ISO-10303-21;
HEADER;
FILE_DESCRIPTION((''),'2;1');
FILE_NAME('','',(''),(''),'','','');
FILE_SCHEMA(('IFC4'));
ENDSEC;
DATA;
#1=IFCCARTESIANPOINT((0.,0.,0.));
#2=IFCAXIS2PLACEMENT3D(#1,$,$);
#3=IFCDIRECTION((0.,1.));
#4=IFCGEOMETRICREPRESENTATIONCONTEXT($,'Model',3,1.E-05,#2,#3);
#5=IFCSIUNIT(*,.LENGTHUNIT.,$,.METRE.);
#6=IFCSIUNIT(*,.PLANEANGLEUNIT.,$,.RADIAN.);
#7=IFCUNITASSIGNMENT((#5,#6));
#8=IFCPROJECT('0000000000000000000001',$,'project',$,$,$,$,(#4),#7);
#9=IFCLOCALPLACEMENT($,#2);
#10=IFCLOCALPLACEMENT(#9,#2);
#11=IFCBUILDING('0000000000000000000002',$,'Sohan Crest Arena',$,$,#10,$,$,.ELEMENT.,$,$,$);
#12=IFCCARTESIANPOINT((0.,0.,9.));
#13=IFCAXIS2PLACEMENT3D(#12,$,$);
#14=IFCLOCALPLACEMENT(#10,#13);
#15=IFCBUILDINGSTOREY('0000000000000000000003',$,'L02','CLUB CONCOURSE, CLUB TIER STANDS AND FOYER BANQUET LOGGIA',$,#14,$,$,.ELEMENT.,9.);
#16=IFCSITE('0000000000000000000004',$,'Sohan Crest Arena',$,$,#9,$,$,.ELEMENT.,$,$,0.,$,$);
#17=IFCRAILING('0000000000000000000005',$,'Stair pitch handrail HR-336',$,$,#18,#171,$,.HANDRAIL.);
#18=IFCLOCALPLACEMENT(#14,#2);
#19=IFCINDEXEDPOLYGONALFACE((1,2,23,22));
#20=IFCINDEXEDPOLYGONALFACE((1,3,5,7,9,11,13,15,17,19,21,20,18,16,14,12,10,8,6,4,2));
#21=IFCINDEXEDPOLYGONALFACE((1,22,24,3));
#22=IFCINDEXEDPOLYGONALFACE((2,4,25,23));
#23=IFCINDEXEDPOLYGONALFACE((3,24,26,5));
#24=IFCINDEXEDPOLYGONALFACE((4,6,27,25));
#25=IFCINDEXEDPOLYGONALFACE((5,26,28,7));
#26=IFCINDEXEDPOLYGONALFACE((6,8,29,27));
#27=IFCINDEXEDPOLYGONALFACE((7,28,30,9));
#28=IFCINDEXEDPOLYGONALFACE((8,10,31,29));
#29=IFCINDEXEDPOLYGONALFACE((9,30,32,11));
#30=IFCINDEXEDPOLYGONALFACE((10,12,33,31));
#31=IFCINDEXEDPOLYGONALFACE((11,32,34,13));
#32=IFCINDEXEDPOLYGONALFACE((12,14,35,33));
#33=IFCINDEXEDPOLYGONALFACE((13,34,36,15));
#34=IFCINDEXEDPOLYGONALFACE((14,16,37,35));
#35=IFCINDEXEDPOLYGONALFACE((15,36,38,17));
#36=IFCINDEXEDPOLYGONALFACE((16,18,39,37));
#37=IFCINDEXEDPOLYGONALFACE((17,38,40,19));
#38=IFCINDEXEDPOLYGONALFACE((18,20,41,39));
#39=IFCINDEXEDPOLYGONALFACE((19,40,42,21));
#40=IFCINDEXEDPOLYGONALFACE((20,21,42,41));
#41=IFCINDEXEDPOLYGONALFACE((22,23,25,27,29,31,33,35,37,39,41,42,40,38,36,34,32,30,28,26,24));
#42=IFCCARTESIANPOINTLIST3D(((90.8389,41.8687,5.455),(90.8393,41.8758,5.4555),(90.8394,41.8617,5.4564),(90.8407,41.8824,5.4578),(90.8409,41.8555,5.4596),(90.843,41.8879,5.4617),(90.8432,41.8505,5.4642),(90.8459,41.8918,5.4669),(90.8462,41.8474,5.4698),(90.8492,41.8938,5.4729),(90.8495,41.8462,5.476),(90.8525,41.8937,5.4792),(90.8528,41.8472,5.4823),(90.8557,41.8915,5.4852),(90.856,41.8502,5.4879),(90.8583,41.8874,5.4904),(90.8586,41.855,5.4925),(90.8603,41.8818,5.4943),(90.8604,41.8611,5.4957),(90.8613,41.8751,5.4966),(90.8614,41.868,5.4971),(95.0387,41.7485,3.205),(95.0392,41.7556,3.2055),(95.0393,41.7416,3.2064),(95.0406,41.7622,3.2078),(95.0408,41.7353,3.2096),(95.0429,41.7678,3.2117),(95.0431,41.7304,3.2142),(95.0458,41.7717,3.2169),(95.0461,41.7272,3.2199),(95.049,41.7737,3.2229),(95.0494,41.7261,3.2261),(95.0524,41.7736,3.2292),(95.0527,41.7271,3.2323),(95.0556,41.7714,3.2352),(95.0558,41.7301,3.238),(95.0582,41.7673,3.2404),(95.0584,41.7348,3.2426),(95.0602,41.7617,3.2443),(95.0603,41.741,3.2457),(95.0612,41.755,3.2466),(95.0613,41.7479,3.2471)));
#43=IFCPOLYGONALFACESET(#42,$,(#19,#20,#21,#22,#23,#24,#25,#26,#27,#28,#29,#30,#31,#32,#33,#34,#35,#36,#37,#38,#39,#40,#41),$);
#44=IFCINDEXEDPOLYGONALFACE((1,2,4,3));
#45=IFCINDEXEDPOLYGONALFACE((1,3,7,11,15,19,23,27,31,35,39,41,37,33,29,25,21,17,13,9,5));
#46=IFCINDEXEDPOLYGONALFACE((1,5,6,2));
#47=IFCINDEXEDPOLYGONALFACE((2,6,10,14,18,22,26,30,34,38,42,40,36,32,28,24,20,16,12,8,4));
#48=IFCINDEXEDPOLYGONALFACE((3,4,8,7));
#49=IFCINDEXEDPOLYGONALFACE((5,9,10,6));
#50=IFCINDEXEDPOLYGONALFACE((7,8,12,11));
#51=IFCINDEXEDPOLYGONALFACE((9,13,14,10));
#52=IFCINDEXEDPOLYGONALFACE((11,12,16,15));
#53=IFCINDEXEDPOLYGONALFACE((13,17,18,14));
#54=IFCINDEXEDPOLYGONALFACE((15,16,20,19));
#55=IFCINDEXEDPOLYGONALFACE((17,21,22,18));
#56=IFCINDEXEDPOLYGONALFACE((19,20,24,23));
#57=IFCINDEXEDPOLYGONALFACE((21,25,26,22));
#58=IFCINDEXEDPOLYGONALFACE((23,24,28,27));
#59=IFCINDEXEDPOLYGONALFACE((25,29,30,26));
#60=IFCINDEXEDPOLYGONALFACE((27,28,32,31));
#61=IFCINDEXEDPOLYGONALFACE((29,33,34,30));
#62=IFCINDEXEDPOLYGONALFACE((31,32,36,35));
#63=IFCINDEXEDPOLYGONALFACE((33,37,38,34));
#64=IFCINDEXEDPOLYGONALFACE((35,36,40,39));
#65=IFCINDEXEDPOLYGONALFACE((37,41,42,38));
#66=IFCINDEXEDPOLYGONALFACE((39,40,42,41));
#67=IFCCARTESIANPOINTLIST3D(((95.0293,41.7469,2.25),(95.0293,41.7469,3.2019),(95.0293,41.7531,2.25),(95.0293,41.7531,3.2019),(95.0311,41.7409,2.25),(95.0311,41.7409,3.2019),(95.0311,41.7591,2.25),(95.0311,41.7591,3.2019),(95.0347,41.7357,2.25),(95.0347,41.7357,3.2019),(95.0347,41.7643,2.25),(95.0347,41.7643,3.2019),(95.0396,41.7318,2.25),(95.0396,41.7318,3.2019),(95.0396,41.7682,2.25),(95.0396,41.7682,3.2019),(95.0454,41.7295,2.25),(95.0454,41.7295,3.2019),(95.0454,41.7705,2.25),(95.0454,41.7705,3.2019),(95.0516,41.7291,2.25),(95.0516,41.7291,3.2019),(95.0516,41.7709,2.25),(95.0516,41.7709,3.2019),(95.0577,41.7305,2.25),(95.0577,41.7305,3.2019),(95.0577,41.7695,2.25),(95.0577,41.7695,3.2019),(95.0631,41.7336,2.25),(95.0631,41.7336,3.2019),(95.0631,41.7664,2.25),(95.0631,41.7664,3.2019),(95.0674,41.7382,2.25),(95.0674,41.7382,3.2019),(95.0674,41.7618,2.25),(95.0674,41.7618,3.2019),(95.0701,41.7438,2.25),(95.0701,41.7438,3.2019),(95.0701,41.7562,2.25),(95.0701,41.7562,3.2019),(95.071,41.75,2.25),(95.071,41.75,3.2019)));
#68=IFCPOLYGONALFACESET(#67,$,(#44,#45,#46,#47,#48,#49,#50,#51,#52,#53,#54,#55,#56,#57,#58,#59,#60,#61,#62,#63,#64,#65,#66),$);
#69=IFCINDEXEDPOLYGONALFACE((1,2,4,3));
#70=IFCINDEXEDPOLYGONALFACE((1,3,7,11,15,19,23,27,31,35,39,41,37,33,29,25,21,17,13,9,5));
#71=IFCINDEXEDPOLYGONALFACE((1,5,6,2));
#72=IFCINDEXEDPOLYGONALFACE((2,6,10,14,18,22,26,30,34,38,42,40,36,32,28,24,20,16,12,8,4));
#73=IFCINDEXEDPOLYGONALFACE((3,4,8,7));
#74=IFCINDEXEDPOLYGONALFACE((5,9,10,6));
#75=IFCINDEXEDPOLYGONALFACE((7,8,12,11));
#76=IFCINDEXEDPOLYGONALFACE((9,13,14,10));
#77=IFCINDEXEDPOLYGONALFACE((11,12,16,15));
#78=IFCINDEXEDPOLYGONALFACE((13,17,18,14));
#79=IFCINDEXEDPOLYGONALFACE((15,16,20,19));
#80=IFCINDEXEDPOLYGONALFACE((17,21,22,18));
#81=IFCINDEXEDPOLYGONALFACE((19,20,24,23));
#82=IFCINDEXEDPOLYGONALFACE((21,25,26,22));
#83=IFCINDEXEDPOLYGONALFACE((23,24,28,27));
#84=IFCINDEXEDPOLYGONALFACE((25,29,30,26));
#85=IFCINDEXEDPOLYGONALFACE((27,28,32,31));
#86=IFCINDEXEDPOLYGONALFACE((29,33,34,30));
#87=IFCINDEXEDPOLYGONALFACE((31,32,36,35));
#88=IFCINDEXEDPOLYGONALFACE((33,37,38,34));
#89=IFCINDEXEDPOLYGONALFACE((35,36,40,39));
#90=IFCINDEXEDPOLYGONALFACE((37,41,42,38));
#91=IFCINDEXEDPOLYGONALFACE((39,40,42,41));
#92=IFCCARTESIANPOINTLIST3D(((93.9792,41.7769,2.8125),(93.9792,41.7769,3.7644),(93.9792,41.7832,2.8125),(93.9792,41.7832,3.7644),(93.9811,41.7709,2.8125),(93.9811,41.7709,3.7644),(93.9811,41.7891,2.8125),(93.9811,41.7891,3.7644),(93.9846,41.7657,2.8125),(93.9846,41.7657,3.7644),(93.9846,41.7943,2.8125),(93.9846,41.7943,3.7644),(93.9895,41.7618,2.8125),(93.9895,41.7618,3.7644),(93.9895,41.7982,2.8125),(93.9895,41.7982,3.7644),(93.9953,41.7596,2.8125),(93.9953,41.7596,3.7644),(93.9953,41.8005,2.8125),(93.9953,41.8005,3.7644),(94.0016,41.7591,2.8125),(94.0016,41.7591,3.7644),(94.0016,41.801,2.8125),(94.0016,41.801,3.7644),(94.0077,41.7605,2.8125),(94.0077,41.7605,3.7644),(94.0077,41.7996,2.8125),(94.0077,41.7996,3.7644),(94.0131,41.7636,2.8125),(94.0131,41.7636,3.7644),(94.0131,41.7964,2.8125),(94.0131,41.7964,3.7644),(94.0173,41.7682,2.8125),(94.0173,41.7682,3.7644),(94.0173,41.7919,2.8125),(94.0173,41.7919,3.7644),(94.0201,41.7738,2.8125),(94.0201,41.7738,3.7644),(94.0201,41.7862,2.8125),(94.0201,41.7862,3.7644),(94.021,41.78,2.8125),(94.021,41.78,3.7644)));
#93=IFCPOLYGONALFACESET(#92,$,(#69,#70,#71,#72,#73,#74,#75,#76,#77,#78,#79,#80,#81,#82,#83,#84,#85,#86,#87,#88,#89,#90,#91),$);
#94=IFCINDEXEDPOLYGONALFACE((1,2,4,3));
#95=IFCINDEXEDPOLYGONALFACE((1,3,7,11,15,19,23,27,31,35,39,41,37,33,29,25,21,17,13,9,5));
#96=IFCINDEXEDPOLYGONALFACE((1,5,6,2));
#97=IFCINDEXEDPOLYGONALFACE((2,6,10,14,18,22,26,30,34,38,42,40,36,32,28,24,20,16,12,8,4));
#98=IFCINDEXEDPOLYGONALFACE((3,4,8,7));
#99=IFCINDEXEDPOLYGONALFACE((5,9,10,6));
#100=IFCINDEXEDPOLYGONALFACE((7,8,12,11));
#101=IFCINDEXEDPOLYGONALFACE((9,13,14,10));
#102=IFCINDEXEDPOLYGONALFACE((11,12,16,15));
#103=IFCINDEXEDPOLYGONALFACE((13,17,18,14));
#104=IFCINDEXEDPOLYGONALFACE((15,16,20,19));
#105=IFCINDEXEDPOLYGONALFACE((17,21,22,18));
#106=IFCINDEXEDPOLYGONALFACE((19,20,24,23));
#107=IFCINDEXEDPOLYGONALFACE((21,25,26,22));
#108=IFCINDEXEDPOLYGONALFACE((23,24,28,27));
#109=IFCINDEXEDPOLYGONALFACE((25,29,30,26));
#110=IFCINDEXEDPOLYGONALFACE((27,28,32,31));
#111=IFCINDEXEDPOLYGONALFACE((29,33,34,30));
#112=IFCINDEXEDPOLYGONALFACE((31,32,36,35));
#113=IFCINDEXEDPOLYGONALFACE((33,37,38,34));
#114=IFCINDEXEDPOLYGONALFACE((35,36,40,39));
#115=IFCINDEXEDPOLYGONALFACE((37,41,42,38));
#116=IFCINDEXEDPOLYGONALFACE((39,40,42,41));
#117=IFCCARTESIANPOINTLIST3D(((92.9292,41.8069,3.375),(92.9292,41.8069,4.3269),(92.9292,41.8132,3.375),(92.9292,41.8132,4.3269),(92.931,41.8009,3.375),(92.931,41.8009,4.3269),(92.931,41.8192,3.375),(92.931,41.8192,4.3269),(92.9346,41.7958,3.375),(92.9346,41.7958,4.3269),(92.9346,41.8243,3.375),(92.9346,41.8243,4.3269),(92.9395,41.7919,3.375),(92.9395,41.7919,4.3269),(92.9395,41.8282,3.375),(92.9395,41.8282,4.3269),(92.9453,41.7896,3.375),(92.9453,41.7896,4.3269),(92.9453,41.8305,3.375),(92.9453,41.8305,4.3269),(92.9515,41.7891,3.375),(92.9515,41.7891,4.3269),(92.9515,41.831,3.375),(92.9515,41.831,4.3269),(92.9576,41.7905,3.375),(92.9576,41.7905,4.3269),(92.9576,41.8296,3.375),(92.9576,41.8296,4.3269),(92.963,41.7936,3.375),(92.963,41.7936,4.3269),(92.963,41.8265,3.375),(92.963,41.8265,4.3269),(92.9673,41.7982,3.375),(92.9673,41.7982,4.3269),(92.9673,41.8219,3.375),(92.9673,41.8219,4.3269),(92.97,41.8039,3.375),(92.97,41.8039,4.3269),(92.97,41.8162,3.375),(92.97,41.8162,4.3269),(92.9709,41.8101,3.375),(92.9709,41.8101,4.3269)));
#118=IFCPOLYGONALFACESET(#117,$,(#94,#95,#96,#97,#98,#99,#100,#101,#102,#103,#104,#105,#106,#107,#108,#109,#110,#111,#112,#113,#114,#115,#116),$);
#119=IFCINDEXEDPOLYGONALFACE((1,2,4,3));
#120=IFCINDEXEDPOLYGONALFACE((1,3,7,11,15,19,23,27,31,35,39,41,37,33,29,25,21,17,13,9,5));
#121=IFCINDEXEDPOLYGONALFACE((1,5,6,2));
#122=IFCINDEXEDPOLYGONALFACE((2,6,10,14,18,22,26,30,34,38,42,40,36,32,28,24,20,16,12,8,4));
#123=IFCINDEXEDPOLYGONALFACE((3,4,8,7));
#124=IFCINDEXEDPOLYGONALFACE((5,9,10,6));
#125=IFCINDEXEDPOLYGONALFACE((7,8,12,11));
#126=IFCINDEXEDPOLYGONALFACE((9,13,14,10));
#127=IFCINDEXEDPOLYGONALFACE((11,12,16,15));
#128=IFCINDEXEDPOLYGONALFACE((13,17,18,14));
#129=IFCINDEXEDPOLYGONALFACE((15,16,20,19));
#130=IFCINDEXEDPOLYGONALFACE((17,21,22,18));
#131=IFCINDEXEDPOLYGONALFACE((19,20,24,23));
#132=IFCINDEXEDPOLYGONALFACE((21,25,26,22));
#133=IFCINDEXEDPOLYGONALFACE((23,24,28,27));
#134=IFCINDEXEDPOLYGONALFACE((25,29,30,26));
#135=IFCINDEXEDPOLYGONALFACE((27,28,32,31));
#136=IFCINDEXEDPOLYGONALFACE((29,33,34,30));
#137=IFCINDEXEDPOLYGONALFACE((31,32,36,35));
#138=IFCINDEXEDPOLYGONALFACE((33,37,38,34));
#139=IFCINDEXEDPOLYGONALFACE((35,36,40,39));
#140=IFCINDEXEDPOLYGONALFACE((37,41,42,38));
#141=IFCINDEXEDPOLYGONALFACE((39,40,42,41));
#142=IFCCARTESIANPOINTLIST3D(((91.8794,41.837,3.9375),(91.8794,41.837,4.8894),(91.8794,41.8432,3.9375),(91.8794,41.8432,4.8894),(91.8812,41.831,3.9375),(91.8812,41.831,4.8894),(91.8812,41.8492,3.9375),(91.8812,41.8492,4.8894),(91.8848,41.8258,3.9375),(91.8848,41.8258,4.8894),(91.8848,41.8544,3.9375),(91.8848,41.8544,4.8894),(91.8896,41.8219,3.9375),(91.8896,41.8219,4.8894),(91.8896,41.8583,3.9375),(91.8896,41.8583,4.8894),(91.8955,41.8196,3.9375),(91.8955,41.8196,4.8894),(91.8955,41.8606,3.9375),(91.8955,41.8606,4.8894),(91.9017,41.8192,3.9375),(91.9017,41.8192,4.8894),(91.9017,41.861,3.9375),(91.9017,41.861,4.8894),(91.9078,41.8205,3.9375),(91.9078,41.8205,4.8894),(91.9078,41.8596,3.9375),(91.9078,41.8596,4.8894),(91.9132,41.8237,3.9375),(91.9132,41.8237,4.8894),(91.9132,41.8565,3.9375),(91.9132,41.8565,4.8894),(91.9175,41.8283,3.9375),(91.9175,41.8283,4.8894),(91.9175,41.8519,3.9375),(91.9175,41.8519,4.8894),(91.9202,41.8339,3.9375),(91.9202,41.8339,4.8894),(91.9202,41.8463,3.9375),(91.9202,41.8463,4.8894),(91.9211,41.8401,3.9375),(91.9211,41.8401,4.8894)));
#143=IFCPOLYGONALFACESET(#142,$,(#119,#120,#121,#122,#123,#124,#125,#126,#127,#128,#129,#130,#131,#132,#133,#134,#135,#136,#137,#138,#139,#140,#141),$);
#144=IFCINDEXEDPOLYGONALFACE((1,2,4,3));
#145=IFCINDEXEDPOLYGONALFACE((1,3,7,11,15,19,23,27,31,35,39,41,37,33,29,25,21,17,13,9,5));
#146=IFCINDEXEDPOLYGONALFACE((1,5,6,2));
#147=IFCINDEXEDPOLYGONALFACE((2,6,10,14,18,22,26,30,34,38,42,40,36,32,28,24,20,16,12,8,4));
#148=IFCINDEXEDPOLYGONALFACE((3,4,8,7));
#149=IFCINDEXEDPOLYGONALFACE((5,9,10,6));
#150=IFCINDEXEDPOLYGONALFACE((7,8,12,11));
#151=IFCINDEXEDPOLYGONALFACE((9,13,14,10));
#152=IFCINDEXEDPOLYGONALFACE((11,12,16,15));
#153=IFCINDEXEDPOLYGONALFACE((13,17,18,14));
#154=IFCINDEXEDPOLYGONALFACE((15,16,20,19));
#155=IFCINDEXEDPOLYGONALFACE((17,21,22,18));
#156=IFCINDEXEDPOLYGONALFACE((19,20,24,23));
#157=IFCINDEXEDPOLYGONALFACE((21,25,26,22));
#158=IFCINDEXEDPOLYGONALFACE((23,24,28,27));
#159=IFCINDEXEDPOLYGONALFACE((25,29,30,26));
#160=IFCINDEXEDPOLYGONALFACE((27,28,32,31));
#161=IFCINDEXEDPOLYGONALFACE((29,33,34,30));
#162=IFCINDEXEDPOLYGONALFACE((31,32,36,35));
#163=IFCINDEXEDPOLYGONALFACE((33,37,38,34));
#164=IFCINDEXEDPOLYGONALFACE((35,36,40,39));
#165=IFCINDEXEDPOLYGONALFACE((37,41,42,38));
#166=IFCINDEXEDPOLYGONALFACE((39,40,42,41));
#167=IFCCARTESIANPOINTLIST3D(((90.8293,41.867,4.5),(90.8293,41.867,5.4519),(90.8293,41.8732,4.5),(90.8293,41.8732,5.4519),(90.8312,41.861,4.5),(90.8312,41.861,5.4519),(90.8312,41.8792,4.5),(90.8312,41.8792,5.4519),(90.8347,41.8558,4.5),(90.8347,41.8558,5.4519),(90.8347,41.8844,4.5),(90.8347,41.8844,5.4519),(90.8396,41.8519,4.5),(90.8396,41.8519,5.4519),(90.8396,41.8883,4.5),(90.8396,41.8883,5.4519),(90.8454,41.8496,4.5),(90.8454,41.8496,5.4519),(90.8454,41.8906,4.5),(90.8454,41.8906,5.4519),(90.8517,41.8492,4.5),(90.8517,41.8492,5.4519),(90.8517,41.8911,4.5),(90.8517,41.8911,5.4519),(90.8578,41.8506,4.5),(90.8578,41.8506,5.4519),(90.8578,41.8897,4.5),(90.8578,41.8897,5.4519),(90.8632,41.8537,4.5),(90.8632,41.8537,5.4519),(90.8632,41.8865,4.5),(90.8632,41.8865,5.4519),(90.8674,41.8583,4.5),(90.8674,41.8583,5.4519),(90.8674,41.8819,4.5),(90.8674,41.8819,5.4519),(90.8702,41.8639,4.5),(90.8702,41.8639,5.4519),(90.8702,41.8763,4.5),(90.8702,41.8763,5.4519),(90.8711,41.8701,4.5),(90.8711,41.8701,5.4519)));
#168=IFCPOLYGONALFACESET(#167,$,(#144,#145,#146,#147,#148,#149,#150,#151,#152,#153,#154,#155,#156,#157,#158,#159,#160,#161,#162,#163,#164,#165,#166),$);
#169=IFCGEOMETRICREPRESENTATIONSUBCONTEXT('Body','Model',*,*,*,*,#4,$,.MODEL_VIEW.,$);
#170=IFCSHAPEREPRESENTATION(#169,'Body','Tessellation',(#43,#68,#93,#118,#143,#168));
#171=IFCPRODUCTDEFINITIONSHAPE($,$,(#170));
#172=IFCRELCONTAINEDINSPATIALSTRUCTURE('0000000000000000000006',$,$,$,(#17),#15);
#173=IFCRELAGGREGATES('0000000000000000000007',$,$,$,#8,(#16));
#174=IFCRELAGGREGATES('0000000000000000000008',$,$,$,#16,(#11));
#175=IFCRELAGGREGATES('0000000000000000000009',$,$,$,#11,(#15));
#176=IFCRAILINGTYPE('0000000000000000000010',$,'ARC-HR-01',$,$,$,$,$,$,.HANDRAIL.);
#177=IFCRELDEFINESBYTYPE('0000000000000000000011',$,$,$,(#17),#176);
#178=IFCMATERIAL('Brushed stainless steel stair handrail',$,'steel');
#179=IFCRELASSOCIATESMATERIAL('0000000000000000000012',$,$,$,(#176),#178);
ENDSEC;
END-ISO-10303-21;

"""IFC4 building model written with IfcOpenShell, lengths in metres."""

from ifc_helpers import new_model, si_unit, direction, frame, origin, origin_2d, place, context, subcontext, project, spatial, circle, extrude, material, type_object, element, save


model = new_model("IFC4")

# Units and contexts
model_context = context("Model", 3, precision=1e-05, world=origin(), true_north=direction((0.0, 1.0)))
body_context = subcontext(model_context, "Body", "Model", "MODEL_VIEW")
ifc_project = project(units=[si_unit("LENGTHUNIT", "METRE"), si_unit("PLANEANGLEUNIT", "RADIAN")], contexts=[model_context])

# Site, building, storey
site_placement = place(None, origin())
site = spatial("IfcSite", under=ifc_project, at=site_placement, Name="Sohan Crest Arena", CompositionType="ELEMENT", RefElevation=0.0)
building_placement = place(site_placement, origin())
building = spatial("IfcBuilding", under=site, at=building_placement, Name="Sohan Crest Arena", CompositionType="ELEMENT")
storey_placement = place(building_placement, frame((0.0, 0.0, 9.0)))
storey = spatial("IfcBuildingStorey", under=building, at=storey_placement, Name="L02", Description="CLUB CONCOURSE, CLUB TIER STANDS AND FOYER BANQUET LOGGIA", CompositionType="ELEMENT", Elevation=9.0)

# Railing
ifc_material_1 = material(Name="Brushed stainless steel stair handrail", Category="steel")
railing_type_1 = type_object("IfcRailingType", Name="ARC-HR-01", PredefinedType="HANDRAIL", material=ifc_material_1)
railing_1_placement = place(storey_placement, frame((95.05, 41.75, 2.25)))
element("IfcRailing", 1, at=railing_1_placement, inside=storey, type_object=railing_type_1, Name="Stair pitch handrail HR-336", PredefinedType="HANDRAIL", context=body_context, shape_type="SweptSolid", body=[
    extrude(circle(Radius=0.0239, at=origin_2d()), frame((0.0, 0.0, 0.9761), z_axis=(-0.881198, 0.025202, 0.472076), x_axis=(-0.028588, -0.999591, 0.0)), (0.0, 0.0, 1.0), 4.7661),
    extrude(circle(Radius=0.021, at=origin_2d()), origin(), (0.0, 0.0, 1.0), 0.9519),
    extrude(circle(Radius=0.021, at=origin_2d()), frame((-1.05, 0.03, 0.5625)), (0.0, 0.0, 1.0), 0.9519),
    extrude(circle(Radius=0.021, at=origin_2d()), frame((-2.1001, 0.0601, 1.125)), (0.0, 0.0, 1.0), 0.9519),
    extrude(circle(Radius=0.021, at=origin_2d()), frame((-3.1499, 0.0901, 1.6875)), (0.0, 0.0, 1.0), 0.9519),
    extrude(circle(Radius=0.021, at=origin_2d()), frame((-4.2, 0.1201, 2.25)), (0.0, 0.0, 1.0), 0.9519),
])

save(model, "model.ifc")
